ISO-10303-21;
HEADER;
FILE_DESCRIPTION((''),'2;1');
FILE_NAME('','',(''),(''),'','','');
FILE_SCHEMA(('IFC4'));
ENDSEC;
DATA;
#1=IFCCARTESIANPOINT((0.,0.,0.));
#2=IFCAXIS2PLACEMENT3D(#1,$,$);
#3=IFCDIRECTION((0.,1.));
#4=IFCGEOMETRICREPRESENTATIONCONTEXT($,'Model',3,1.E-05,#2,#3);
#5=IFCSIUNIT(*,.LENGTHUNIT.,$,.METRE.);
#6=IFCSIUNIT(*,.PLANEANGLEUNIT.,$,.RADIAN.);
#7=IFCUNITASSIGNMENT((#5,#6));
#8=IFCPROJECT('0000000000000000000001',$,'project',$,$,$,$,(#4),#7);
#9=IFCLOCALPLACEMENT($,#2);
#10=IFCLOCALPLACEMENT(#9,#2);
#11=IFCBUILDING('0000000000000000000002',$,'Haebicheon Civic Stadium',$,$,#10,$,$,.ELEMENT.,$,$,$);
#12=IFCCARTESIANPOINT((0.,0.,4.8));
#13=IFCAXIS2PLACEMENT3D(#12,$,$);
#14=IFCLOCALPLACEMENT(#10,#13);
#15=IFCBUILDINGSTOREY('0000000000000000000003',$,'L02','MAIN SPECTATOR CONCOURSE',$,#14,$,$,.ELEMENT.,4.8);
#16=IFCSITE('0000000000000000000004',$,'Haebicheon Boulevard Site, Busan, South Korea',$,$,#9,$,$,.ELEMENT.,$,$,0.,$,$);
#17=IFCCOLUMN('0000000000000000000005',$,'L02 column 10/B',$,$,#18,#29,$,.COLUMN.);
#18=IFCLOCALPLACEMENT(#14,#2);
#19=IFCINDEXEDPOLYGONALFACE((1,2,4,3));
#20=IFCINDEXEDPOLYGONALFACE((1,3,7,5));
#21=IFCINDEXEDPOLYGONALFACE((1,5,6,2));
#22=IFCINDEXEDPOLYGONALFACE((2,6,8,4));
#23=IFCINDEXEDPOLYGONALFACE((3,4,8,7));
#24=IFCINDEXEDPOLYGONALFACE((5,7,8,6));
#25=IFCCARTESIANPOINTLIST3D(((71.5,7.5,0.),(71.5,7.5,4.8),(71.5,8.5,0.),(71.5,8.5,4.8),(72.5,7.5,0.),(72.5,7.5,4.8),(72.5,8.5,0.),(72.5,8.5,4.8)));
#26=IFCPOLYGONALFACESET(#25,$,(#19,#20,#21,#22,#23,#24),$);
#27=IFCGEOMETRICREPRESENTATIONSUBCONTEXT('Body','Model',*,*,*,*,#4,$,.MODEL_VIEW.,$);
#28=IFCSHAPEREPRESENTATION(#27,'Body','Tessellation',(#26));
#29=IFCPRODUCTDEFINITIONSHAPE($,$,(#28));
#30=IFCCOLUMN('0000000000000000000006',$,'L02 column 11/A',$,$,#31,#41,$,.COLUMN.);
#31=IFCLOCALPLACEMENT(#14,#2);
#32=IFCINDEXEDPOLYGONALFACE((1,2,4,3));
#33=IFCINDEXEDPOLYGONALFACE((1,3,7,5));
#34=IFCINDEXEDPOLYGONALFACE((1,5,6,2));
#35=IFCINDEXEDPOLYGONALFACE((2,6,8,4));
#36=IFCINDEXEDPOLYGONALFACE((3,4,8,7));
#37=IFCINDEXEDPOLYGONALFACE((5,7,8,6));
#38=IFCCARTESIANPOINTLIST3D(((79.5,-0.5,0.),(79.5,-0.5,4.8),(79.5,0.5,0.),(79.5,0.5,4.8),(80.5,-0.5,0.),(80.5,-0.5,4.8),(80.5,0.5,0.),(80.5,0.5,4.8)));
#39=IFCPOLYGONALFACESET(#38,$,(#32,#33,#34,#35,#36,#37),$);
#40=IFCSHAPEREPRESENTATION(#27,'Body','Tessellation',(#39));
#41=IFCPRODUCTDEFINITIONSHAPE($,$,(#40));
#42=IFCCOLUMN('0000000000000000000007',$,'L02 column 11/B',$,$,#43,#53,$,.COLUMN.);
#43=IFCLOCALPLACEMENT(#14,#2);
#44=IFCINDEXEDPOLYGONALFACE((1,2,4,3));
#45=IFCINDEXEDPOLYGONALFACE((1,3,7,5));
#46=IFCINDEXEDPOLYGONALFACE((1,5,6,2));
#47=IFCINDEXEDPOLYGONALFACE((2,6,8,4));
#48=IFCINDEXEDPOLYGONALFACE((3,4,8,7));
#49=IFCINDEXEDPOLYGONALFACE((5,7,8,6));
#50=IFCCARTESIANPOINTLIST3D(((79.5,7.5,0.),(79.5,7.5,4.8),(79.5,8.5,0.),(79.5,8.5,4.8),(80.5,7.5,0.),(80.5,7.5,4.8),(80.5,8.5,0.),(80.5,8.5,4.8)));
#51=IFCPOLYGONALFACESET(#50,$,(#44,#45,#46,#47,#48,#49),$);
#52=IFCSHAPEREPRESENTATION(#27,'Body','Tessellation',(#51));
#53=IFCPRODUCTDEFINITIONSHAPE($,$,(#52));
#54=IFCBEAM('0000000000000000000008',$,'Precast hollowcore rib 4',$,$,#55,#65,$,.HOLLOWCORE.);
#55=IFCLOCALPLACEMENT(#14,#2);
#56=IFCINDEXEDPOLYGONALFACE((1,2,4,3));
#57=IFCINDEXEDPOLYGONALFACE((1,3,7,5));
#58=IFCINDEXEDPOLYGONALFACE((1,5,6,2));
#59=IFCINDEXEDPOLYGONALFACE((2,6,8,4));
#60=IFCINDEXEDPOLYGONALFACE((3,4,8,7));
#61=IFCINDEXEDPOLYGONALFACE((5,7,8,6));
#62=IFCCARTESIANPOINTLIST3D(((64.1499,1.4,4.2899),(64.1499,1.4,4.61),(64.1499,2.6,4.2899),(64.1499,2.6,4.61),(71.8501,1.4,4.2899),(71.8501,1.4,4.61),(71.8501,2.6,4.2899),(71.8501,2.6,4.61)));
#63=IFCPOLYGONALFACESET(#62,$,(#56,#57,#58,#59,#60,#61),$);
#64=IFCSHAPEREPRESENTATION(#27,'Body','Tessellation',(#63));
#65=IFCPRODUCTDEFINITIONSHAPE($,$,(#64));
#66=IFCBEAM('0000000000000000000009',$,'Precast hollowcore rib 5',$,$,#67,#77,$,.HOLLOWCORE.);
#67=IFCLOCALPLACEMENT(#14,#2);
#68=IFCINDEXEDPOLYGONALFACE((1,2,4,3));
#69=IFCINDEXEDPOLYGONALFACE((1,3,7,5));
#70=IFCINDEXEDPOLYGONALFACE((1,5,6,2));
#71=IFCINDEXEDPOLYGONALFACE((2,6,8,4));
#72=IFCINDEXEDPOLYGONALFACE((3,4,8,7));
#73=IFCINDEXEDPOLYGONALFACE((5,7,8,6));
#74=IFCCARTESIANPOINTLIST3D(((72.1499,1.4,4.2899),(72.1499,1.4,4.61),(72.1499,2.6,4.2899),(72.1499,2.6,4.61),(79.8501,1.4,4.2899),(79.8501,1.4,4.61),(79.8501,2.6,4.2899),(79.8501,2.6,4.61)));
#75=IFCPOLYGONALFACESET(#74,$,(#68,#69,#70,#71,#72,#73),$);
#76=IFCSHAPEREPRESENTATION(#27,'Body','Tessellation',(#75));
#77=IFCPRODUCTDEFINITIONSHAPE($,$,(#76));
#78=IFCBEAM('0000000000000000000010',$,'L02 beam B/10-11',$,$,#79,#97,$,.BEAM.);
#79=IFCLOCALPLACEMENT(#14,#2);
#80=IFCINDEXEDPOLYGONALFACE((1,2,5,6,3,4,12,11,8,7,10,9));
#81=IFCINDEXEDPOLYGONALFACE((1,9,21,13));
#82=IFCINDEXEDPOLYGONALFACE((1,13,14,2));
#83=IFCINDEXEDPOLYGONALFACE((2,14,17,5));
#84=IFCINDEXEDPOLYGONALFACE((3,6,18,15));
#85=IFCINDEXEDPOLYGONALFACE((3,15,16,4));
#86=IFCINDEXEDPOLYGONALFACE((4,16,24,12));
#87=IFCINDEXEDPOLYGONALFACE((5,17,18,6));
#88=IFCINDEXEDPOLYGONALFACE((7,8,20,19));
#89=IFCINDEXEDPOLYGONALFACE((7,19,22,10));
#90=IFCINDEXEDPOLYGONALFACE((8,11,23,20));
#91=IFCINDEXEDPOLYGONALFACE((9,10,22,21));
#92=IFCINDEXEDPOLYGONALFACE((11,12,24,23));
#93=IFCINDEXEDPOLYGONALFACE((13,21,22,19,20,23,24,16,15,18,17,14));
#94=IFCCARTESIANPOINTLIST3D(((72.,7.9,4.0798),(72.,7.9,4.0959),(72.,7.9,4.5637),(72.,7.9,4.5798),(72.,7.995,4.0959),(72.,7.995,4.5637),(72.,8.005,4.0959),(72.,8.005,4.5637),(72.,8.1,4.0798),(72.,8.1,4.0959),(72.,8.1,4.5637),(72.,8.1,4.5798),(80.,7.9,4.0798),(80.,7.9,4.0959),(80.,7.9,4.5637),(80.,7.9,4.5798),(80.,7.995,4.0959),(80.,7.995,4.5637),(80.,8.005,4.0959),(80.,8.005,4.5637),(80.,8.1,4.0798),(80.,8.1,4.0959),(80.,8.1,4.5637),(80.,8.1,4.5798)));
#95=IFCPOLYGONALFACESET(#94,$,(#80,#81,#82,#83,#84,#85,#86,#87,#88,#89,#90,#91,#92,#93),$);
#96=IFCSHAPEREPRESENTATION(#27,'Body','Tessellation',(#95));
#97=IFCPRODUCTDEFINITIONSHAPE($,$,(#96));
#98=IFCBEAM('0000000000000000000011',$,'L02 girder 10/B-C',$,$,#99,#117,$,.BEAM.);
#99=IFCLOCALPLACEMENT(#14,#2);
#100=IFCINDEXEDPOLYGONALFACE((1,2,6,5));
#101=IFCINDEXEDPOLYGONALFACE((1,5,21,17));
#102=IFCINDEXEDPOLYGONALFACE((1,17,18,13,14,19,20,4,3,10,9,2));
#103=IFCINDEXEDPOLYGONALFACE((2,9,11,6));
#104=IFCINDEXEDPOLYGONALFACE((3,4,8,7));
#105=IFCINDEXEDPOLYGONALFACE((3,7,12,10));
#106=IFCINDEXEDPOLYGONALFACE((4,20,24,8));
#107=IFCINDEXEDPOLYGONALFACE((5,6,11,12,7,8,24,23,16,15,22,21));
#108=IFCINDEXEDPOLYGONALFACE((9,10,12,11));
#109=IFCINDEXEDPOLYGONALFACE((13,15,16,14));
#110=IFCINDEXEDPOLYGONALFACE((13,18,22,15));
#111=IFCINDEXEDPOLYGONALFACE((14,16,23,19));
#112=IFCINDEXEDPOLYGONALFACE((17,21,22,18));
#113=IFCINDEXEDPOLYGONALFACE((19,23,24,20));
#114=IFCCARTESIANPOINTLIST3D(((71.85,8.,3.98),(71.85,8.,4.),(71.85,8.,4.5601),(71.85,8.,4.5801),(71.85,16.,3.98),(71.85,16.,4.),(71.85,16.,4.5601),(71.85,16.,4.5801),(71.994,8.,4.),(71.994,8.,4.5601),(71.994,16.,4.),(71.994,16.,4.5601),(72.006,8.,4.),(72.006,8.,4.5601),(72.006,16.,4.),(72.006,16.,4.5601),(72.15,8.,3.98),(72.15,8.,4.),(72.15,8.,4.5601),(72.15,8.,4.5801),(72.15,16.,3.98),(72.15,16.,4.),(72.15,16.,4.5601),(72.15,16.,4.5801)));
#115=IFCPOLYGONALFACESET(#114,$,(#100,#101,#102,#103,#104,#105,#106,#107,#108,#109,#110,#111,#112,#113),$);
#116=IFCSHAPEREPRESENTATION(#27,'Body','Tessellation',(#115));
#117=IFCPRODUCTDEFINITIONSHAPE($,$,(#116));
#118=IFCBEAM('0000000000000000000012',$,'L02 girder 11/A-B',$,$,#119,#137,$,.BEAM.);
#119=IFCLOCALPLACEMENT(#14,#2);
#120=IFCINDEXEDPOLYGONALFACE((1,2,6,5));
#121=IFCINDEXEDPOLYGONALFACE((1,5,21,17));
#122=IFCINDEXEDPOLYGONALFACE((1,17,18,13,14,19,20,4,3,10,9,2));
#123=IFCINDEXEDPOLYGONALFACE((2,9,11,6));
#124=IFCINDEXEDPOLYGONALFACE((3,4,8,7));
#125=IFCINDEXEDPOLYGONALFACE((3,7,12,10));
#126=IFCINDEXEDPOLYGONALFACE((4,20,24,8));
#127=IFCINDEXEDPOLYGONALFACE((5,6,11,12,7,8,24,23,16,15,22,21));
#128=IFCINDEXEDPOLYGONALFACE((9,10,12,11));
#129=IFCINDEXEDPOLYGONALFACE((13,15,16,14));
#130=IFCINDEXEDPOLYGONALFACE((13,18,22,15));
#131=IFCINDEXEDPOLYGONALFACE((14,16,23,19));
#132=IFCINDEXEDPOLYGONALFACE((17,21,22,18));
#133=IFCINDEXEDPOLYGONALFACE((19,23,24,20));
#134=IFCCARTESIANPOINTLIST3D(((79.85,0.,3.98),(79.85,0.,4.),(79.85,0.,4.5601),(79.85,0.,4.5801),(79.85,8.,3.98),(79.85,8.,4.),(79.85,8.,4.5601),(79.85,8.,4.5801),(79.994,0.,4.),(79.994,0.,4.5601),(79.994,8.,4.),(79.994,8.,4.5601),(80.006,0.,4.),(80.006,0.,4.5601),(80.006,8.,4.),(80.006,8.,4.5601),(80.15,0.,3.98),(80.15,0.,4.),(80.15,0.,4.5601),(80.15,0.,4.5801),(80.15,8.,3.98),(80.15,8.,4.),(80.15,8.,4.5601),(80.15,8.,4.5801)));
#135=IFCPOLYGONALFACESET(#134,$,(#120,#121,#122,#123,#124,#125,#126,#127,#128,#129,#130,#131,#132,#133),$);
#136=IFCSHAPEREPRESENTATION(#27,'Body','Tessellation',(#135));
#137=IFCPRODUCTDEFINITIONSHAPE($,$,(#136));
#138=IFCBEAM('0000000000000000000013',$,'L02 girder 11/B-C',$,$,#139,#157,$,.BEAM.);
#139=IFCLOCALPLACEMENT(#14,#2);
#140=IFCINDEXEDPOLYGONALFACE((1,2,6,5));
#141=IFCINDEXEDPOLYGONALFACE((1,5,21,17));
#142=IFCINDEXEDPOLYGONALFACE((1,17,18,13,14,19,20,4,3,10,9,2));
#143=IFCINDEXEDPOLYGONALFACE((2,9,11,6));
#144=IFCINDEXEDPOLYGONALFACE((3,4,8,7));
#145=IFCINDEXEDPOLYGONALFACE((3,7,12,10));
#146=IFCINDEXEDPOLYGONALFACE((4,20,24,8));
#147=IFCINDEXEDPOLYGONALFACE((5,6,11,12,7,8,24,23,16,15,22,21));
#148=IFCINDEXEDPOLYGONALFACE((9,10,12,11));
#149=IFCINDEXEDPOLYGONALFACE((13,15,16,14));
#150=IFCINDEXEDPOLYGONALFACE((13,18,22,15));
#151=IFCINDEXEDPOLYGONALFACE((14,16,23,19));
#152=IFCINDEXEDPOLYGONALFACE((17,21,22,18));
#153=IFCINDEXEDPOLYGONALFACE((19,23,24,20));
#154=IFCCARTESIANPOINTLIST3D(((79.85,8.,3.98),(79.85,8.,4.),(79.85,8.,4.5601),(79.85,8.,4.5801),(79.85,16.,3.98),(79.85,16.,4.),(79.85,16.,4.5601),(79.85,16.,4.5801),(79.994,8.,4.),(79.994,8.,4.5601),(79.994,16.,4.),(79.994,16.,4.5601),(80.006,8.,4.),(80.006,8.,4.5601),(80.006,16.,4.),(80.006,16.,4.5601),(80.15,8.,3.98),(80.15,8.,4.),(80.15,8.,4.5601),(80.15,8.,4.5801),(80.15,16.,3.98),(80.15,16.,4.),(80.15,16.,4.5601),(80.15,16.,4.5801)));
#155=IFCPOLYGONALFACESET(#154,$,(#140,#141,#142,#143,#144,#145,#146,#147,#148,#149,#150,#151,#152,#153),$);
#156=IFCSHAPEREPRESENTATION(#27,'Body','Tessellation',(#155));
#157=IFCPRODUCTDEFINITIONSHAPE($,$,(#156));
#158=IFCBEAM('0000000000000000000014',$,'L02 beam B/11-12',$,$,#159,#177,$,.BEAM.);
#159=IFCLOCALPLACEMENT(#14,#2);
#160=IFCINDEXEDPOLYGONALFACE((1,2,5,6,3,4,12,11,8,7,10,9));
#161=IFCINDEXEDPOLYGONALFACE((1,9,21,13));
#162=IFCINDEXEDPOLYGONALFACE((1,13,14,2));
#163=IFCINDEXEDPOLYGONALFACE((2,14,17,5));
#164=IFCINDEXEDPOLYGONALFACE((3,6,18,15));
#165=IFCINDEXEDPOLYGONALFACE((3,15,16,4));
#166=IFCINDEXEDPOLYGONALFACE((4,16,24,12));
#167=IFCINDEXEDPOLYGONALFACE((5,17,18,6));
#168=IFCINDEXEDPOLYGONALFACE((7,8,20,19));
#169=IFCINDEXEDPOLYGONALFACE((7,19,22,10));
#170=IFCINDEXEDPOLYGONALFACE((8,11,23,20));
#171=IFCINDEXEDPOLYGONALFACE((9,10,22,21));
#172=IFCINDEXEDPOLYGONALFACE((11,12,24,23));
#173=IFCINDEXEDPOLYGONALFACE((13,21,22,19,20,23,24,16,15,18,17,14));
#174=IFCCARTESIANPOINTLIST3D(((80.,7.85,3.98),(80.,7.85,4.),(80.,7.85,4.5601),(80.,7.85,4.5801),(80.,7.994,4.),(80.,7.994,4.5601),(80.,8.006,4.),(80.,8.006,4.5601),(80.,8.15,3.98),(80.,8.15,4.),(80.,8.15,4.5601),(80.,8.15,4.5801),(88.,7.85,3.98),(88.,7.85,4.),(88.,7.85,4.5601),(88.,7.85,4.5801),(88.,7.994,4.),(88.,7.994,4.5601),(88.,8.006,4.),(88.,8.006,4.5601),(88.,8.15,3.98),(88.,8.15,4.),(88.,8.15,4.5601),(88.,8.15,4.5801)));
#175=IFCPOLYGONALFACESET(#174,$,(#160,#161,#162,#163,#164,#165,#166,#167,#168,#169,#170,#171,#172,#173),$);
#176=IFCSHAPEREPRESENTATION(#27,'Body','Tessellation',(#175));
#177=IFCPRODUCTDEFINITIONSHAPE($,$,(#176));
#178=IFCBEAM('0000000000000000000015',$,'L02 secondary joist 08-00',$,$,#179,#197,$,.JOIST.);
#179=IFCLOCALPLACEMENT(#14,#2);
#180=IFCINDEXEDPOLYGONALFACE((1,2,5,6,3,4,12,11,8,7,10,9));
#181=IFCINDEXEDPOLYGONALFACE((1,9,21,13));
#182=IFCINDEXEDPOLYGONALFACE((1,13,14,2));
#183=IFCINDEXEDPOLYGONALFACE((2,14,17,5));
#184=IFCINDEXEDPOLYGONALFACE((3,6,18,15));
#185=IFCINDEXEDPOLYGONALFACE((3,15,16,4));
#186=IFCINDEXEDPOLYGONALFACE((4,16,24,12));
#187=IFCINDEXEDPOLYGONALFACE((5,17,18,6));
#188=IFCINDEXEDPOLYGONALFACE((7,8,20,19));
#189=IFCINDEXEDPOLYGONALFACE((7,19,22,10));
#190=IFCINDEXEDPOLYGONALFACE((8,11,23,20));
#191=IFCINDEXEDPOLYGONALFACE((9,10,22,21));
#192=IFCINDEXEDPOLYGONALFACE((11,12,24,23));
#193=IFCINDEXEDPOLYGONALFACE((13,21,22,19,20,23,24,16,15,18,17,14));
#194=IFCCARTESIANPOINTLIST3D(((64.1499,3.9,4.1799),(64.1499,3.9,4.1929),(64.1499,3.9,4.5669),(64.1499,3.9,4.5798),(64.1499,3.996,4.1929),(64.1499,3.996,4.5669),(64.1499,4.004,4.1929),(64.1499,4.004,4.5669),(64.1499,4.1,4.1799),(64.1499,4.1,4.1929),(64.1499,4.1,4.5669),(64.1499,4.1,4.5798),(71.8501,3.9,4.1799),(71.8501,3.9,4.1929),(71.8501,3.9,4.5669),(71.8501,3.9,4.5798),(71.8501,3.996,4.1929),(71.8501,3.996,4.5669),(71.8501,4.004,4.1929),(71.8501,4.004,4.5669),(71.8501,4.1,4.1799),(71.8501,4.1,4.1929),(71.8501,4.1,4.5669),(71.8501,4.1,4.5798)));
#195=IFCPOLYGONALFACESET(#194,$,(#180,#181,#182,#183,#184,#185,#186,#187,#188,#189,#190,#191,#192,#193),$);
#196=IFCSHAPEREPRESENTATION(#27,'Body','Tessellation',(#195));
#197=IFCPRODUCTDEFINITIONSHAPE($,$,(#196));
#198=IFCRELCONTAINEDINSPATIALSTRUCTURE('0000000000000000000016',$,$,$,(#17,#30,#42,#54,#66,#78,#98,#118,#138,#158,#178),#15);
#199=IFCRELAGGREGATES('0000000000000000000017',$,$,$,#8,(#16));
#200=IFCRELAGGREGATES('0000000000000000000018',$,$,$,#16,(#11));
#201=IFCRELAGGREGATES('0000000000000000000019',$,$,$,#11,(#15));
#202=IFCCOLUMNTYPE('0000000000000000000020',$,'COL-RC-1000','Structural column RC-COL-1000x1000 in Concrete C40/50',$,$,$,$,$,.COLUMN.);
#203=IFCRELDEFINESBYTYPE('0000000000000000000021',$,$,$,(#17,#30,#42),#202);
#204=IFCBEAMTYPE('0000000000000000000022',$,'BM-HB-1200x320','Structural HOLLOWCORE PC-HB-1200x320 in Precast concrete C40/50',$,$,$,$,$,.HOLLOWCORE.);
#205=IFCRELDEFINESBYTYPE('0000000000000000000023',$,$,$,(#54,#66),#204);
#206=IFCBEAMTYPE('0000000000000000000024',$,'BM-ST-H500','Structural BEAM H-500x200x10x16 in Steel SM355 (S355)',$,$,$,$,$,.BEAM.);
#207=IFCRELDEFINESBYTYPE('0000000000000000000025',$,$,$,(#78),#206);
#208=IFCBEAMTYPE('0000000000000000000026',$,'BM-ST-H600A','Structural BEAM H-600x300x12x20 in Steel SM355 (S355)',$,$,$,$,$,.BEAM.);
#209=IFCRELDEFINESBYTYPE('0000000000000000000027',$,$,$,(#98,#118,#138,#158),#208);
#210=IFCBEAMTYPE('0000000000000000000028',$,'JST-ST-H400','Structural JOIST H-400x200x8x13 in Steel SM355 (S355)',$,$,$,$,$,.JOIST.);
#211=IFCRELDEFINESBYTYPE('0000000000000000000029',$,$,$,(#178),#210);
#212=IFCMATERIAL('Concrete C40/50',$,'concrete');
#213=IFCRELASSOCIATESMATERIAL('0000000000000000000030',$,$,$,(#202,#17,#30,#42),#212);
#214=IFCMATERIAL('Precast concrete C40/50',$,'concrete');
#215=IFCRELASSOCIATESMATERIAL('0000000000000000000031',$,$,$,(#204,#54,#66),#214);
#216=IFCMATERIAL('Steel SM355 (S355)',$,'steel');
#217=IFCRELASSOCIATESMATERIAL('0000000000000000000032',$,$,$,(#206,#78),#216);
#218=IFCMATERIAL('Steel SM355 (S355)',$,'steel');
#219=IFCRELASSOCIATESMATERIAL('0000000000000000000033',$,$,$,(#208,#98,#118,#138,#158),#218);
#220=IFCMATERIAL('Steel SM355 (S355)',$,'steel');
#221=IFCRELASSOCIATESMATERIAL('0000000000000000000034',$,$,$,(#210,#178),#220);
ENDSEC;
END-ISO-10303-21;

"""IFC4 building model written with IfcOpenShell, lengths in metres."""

from ifc_helpers import new_model, si_unit, direction, frame, origin, origin_2d, place, context, subcontext, project, spatial, rectangle, i_section, extrude, material, material_profile, profile_set, type_object, element, save


model = new_model("IFC4")

# Units and contexts
model_context = context("Model", 3, precision=1e-05, world=origin(), true_north=direction((0.0, 1.0)))
body_context = subcontext(model_context, "Body", "Model", "MODEL_VIEW")
ifc_project = project(units=[si_unit("LENGTHUNIT", "METRE"), si_unit("PLANEANGLEUNIT", "RADIAN")], contexts=[model_context])

# Site, building, storey
site_placement = place(None, origin())
site = spatial("IfcSite", under=ifc_project, at=site_placement, Name="Haebicheon Boulevard Site, Busan, South Korea", CompositionType="ELEMENT", RefElevation=0.0)
building_placement = place(site_placement, origin())
building = spatial("IfcBuilding", under=site, at=building_placement, Name="Haebicheon Civic Stadium", CompositionType="ELEMENT")
storey_placement = place(building_placement, frame((0.0, 0.0, 4.8)))
storey = spatial("IfcBuildingStorey", under=building, at=storey_placement, Name="L02", Description="MAIN SPECTATOR CONCOURSE", CompositionType="ELEMENT", Elevation=4.8)

# Columns
ifc_material_1 = material(Name="Concrete C40/50", Category="concrete")
ifc_material_profile_1 = material_profile(ifc_material_1, rectangle(XDim=1.0, YDim=1.0, at=origin_2d()), Name="RC-COL-1000x1000")
ifc_profile_set_1 = profile_set([ifc_material_profile_1], Name="Concrete C40/50")
column_type = type_object("IfcColumnType", Name="COL-RC-1000", Description="Structural column RC-COL-1000x1000 in Concrete C40/50", PredefinedType="COLUMN", material=ifc_profile_set_1)
for number, where, z_axis, x_axis, name in (
    (1, (72.0, 8.0, 0.0), (0.0, 0.0, 1.0), (1.0, 0.0, 0.0), "L02 column 10/B"),
    (2, (80.0, 0.0, 0.0), (0.0, 0.0, 1.0), (1.0, 0.0, 0.0), "L02 column 11/A"),
    (3, (80.0, 8.0, 0.0), (0.0, 0.0, 1.0), (1.0, 0.0, 0.0), "L02 column 11/B"),
):
    element("IfcColumn", number, at=place(storey_placement, frame(where, z_axis=z_axis, x_axis=x_axis)), inside=storey, type_object=column_type, material=ifc_profile_set_1, Name=name, PredefinedType="COLUMN", context=body_context, shape_type="SweptSolid", body=[
        extrude(rectangle(XDim=1.0, YDim=1.0, at=origin_2d()), origin(), (0.0, 0.0, 1.0), 4.8),
    ])

# Beams
ifc_material_2 = material(Name="Precast concrete C40/50", Category="concrete")
ifc_material_profile_2 = material_profile(ifc_material_2, rectangle(XDim=1.2, YDim=0.3201, at=origin_2d()), Name="PC-HB-1200x320")
ifc_profile_set_2 = profile_set([ifc_material_profile_2], Name="Precast concrete C40/50")
beam_type_1 = type_object("IfcBeamType", Name="BM-HB-1200x320", Description="Structural HOLLOWCORE PC-HB-1200x320 in Precast concrete C40/50", PredefinedType="HOLLOWCORE", material=ifc_profile_set_2)
for number, where, z_axis, x_axis, name in (
    (4, (64.1499, 2.0, 4.45), (1.0, 0.0, 0.0), (0.0, 1.0, 0.0), "Precast hollowcore rib 4"),
    (5, (72.1499, 2.0, 4.45), (1.0, 0.0, 0.0), (0.0, 1.0, 0.0), "Precast hollowcore rib 5"),
):
    element("IfcBeam", number, at=place(storey_placement, frame(where, z_axis=z_axis, x_axis=x_axis)), inside=storey, type_object=beam_type_1, material=ifc_profile_set_2, Name=name, PredefinedType="HOLLOWCORE", context=body_context, shape_type="SweptSolid", body=[
        extrude(rectangle(XDim=1.2, YDim=0.3201, at=origin_2d()), origin(), (0.0, 0.0, 1.0), 7.7002),
    ])
ifc_material_3 = material(Name="Steel SM355 (S355)", Category="steel")
ifc_material_profile_3 = material_profile(ifc_material_3, i_section(OverallWidth=0.2, OverallDepth=0.5, WebThickness=0.01, FlangeThickness=0.0161, at=origin_2d()), Name="H-500x200x10x16")
ifc_profile_set_3 = profile_set([ifc_material_profile_3], Name="Steel SM355 (S355)")
beam_type_2 = type_object("IfcBeamType", Name="BM-ST-H500", Description="Structural BEAM H-500x200x10x16 in Steel SM355 (S355)", PredefinedType="BEAM", material=ifc_profile_set_3)
beam_placement = place(storey_placement, frame((72.0, 8.0, 4.3298), z_axis=(1.0, 0.0, 0.0), x_axis=(0.0, 1.0, 0.0)))
element("IfcBeam", 6, at=beam_placement, inside=storey, type_object=beam_type_2, material=ifc_profile_set_3, Name="L02 beam B/10-11", PredefinedType="BEAM", context=body_context, shape_type="SweptSolid", body=[
    extrude(i_section(OverallWidth=0.2, OverallDepth=0.5, WebThickness=0.01, FlangeThickness=0.0161, at=origin_2d()), origin(), (0.0, 0.0, 1.0), 8.0),
])
ifc_material_4 = material(Name="Steel SM355 (S355)", Category="steel")
ifc_material_profile_4 = material_profile(ifc_material_4, i_section(OverallWidth=0.3, OverallDepth=0.6001, WebThickness=0.012, FlangeThickness=0.02, at=origin_2d()), Name="H-600x300x12x20")
ifc_profile_set_4 = profile_set([ifc_material_profile_4], Name="Steel SM355 (S355)")
beam_type_3 = type_object("IfcBeamType", Name="BM-ST-H600A", Description="Structural BEAM H-600x300x12x20 in Steel SM355 (S355)", PredefinedType="BEAM", material=ifc_profile_set_4)
for number, where, z_axis, x_axis, name in (
    (7, (72.0, 8.0, 4.28), (0.0, 1.0, 0.0), (-1.0, 0.0, 0.0), "L02 girder 10/B-C"),
    (8, (80.0, 0.0, 4.28), (0.0, 1.0, 0.0), (-1.0, 0.0, 0.0), "L02 girder 11/A-B"),
    (9, (80.0, 8.0, 4.28), (0.0, 1.0, 0.0), (-1.0, 0.0, 0.0), "L02 girder 11/B-C"),
    (10, (80.0, 8.0, 4.28), (1.0, 0.0, 0.0), (0.0, 1.0, 0.0), "L02 beam B/11-12"),
):
    element("IfcBeam", number, at=place(storey_placement, frame(where, z_axis=z_axis, x_axis=x_axis)), inside=storey, type_object=beam_type_3, material=ifc_profile_set_4, Name=name, PredefinedType="BEAM", context=body_context, shape_type="SweptSolid", body=[
        extrude(i_section(OverallWidth=0.3, OverallDepth=0.6001, WebThickness=0.012, FlangeThickness=0.02, at=origin_2d()), origin(), (0.0, 0.0, 1.0), 8.0),
    ])
ifc_material_5 = material(Name="Steel SM355 (S355)", Category="steel")
ifc_material_profile_5 = material_profile(ifc_material_5, i_section(OverallWidth=0.2, OverallDepth=0.3999, WebThickness=0.0081, FlangeThickness=0.0129, at=origin_2d()), Name="H-400x200x8x13")
ifc_profile_set_5 = profile_set([ifc_material_profile_5], Name="Steel SM355 (S355)")
beam_type_4 = type_object("IfcBeamType", Name="JST-ST-H400", Description="Structural JOIST H-400x200x8x13 in Steel SM355 (S355)", PredefinedType="JOIST", material=ifc_profile_set_5)
for number, where, z_axis, x_axis, name in (
    (11, (64.1499, 4.0, 4.3799), (1.0, 0.0, 0.0), (0.0, 1.0, 0.0), "L02 secondary joist 08-00"),
):
    element("IfcBeam", number, at=place(storey_placement, frame(where, z_axis=z_axis, x_axis=x_axis)), inside=storey, type_object=beam_type_4, material=ifc_profile_set_5, Name=name, PredefinedType="JOIST", context=body_context, shape_type="SweptSolid", body=[
        extrude(i_section(OverallWidth=0.2, OverallDepth=0.3999, WebThickness=0.0081, FlangeThickness=0.0129, at=origin_2d()), origin(), (0.0, 0.0, 1.0), 7.7002),
    ])

save(model, "model.ifc")
